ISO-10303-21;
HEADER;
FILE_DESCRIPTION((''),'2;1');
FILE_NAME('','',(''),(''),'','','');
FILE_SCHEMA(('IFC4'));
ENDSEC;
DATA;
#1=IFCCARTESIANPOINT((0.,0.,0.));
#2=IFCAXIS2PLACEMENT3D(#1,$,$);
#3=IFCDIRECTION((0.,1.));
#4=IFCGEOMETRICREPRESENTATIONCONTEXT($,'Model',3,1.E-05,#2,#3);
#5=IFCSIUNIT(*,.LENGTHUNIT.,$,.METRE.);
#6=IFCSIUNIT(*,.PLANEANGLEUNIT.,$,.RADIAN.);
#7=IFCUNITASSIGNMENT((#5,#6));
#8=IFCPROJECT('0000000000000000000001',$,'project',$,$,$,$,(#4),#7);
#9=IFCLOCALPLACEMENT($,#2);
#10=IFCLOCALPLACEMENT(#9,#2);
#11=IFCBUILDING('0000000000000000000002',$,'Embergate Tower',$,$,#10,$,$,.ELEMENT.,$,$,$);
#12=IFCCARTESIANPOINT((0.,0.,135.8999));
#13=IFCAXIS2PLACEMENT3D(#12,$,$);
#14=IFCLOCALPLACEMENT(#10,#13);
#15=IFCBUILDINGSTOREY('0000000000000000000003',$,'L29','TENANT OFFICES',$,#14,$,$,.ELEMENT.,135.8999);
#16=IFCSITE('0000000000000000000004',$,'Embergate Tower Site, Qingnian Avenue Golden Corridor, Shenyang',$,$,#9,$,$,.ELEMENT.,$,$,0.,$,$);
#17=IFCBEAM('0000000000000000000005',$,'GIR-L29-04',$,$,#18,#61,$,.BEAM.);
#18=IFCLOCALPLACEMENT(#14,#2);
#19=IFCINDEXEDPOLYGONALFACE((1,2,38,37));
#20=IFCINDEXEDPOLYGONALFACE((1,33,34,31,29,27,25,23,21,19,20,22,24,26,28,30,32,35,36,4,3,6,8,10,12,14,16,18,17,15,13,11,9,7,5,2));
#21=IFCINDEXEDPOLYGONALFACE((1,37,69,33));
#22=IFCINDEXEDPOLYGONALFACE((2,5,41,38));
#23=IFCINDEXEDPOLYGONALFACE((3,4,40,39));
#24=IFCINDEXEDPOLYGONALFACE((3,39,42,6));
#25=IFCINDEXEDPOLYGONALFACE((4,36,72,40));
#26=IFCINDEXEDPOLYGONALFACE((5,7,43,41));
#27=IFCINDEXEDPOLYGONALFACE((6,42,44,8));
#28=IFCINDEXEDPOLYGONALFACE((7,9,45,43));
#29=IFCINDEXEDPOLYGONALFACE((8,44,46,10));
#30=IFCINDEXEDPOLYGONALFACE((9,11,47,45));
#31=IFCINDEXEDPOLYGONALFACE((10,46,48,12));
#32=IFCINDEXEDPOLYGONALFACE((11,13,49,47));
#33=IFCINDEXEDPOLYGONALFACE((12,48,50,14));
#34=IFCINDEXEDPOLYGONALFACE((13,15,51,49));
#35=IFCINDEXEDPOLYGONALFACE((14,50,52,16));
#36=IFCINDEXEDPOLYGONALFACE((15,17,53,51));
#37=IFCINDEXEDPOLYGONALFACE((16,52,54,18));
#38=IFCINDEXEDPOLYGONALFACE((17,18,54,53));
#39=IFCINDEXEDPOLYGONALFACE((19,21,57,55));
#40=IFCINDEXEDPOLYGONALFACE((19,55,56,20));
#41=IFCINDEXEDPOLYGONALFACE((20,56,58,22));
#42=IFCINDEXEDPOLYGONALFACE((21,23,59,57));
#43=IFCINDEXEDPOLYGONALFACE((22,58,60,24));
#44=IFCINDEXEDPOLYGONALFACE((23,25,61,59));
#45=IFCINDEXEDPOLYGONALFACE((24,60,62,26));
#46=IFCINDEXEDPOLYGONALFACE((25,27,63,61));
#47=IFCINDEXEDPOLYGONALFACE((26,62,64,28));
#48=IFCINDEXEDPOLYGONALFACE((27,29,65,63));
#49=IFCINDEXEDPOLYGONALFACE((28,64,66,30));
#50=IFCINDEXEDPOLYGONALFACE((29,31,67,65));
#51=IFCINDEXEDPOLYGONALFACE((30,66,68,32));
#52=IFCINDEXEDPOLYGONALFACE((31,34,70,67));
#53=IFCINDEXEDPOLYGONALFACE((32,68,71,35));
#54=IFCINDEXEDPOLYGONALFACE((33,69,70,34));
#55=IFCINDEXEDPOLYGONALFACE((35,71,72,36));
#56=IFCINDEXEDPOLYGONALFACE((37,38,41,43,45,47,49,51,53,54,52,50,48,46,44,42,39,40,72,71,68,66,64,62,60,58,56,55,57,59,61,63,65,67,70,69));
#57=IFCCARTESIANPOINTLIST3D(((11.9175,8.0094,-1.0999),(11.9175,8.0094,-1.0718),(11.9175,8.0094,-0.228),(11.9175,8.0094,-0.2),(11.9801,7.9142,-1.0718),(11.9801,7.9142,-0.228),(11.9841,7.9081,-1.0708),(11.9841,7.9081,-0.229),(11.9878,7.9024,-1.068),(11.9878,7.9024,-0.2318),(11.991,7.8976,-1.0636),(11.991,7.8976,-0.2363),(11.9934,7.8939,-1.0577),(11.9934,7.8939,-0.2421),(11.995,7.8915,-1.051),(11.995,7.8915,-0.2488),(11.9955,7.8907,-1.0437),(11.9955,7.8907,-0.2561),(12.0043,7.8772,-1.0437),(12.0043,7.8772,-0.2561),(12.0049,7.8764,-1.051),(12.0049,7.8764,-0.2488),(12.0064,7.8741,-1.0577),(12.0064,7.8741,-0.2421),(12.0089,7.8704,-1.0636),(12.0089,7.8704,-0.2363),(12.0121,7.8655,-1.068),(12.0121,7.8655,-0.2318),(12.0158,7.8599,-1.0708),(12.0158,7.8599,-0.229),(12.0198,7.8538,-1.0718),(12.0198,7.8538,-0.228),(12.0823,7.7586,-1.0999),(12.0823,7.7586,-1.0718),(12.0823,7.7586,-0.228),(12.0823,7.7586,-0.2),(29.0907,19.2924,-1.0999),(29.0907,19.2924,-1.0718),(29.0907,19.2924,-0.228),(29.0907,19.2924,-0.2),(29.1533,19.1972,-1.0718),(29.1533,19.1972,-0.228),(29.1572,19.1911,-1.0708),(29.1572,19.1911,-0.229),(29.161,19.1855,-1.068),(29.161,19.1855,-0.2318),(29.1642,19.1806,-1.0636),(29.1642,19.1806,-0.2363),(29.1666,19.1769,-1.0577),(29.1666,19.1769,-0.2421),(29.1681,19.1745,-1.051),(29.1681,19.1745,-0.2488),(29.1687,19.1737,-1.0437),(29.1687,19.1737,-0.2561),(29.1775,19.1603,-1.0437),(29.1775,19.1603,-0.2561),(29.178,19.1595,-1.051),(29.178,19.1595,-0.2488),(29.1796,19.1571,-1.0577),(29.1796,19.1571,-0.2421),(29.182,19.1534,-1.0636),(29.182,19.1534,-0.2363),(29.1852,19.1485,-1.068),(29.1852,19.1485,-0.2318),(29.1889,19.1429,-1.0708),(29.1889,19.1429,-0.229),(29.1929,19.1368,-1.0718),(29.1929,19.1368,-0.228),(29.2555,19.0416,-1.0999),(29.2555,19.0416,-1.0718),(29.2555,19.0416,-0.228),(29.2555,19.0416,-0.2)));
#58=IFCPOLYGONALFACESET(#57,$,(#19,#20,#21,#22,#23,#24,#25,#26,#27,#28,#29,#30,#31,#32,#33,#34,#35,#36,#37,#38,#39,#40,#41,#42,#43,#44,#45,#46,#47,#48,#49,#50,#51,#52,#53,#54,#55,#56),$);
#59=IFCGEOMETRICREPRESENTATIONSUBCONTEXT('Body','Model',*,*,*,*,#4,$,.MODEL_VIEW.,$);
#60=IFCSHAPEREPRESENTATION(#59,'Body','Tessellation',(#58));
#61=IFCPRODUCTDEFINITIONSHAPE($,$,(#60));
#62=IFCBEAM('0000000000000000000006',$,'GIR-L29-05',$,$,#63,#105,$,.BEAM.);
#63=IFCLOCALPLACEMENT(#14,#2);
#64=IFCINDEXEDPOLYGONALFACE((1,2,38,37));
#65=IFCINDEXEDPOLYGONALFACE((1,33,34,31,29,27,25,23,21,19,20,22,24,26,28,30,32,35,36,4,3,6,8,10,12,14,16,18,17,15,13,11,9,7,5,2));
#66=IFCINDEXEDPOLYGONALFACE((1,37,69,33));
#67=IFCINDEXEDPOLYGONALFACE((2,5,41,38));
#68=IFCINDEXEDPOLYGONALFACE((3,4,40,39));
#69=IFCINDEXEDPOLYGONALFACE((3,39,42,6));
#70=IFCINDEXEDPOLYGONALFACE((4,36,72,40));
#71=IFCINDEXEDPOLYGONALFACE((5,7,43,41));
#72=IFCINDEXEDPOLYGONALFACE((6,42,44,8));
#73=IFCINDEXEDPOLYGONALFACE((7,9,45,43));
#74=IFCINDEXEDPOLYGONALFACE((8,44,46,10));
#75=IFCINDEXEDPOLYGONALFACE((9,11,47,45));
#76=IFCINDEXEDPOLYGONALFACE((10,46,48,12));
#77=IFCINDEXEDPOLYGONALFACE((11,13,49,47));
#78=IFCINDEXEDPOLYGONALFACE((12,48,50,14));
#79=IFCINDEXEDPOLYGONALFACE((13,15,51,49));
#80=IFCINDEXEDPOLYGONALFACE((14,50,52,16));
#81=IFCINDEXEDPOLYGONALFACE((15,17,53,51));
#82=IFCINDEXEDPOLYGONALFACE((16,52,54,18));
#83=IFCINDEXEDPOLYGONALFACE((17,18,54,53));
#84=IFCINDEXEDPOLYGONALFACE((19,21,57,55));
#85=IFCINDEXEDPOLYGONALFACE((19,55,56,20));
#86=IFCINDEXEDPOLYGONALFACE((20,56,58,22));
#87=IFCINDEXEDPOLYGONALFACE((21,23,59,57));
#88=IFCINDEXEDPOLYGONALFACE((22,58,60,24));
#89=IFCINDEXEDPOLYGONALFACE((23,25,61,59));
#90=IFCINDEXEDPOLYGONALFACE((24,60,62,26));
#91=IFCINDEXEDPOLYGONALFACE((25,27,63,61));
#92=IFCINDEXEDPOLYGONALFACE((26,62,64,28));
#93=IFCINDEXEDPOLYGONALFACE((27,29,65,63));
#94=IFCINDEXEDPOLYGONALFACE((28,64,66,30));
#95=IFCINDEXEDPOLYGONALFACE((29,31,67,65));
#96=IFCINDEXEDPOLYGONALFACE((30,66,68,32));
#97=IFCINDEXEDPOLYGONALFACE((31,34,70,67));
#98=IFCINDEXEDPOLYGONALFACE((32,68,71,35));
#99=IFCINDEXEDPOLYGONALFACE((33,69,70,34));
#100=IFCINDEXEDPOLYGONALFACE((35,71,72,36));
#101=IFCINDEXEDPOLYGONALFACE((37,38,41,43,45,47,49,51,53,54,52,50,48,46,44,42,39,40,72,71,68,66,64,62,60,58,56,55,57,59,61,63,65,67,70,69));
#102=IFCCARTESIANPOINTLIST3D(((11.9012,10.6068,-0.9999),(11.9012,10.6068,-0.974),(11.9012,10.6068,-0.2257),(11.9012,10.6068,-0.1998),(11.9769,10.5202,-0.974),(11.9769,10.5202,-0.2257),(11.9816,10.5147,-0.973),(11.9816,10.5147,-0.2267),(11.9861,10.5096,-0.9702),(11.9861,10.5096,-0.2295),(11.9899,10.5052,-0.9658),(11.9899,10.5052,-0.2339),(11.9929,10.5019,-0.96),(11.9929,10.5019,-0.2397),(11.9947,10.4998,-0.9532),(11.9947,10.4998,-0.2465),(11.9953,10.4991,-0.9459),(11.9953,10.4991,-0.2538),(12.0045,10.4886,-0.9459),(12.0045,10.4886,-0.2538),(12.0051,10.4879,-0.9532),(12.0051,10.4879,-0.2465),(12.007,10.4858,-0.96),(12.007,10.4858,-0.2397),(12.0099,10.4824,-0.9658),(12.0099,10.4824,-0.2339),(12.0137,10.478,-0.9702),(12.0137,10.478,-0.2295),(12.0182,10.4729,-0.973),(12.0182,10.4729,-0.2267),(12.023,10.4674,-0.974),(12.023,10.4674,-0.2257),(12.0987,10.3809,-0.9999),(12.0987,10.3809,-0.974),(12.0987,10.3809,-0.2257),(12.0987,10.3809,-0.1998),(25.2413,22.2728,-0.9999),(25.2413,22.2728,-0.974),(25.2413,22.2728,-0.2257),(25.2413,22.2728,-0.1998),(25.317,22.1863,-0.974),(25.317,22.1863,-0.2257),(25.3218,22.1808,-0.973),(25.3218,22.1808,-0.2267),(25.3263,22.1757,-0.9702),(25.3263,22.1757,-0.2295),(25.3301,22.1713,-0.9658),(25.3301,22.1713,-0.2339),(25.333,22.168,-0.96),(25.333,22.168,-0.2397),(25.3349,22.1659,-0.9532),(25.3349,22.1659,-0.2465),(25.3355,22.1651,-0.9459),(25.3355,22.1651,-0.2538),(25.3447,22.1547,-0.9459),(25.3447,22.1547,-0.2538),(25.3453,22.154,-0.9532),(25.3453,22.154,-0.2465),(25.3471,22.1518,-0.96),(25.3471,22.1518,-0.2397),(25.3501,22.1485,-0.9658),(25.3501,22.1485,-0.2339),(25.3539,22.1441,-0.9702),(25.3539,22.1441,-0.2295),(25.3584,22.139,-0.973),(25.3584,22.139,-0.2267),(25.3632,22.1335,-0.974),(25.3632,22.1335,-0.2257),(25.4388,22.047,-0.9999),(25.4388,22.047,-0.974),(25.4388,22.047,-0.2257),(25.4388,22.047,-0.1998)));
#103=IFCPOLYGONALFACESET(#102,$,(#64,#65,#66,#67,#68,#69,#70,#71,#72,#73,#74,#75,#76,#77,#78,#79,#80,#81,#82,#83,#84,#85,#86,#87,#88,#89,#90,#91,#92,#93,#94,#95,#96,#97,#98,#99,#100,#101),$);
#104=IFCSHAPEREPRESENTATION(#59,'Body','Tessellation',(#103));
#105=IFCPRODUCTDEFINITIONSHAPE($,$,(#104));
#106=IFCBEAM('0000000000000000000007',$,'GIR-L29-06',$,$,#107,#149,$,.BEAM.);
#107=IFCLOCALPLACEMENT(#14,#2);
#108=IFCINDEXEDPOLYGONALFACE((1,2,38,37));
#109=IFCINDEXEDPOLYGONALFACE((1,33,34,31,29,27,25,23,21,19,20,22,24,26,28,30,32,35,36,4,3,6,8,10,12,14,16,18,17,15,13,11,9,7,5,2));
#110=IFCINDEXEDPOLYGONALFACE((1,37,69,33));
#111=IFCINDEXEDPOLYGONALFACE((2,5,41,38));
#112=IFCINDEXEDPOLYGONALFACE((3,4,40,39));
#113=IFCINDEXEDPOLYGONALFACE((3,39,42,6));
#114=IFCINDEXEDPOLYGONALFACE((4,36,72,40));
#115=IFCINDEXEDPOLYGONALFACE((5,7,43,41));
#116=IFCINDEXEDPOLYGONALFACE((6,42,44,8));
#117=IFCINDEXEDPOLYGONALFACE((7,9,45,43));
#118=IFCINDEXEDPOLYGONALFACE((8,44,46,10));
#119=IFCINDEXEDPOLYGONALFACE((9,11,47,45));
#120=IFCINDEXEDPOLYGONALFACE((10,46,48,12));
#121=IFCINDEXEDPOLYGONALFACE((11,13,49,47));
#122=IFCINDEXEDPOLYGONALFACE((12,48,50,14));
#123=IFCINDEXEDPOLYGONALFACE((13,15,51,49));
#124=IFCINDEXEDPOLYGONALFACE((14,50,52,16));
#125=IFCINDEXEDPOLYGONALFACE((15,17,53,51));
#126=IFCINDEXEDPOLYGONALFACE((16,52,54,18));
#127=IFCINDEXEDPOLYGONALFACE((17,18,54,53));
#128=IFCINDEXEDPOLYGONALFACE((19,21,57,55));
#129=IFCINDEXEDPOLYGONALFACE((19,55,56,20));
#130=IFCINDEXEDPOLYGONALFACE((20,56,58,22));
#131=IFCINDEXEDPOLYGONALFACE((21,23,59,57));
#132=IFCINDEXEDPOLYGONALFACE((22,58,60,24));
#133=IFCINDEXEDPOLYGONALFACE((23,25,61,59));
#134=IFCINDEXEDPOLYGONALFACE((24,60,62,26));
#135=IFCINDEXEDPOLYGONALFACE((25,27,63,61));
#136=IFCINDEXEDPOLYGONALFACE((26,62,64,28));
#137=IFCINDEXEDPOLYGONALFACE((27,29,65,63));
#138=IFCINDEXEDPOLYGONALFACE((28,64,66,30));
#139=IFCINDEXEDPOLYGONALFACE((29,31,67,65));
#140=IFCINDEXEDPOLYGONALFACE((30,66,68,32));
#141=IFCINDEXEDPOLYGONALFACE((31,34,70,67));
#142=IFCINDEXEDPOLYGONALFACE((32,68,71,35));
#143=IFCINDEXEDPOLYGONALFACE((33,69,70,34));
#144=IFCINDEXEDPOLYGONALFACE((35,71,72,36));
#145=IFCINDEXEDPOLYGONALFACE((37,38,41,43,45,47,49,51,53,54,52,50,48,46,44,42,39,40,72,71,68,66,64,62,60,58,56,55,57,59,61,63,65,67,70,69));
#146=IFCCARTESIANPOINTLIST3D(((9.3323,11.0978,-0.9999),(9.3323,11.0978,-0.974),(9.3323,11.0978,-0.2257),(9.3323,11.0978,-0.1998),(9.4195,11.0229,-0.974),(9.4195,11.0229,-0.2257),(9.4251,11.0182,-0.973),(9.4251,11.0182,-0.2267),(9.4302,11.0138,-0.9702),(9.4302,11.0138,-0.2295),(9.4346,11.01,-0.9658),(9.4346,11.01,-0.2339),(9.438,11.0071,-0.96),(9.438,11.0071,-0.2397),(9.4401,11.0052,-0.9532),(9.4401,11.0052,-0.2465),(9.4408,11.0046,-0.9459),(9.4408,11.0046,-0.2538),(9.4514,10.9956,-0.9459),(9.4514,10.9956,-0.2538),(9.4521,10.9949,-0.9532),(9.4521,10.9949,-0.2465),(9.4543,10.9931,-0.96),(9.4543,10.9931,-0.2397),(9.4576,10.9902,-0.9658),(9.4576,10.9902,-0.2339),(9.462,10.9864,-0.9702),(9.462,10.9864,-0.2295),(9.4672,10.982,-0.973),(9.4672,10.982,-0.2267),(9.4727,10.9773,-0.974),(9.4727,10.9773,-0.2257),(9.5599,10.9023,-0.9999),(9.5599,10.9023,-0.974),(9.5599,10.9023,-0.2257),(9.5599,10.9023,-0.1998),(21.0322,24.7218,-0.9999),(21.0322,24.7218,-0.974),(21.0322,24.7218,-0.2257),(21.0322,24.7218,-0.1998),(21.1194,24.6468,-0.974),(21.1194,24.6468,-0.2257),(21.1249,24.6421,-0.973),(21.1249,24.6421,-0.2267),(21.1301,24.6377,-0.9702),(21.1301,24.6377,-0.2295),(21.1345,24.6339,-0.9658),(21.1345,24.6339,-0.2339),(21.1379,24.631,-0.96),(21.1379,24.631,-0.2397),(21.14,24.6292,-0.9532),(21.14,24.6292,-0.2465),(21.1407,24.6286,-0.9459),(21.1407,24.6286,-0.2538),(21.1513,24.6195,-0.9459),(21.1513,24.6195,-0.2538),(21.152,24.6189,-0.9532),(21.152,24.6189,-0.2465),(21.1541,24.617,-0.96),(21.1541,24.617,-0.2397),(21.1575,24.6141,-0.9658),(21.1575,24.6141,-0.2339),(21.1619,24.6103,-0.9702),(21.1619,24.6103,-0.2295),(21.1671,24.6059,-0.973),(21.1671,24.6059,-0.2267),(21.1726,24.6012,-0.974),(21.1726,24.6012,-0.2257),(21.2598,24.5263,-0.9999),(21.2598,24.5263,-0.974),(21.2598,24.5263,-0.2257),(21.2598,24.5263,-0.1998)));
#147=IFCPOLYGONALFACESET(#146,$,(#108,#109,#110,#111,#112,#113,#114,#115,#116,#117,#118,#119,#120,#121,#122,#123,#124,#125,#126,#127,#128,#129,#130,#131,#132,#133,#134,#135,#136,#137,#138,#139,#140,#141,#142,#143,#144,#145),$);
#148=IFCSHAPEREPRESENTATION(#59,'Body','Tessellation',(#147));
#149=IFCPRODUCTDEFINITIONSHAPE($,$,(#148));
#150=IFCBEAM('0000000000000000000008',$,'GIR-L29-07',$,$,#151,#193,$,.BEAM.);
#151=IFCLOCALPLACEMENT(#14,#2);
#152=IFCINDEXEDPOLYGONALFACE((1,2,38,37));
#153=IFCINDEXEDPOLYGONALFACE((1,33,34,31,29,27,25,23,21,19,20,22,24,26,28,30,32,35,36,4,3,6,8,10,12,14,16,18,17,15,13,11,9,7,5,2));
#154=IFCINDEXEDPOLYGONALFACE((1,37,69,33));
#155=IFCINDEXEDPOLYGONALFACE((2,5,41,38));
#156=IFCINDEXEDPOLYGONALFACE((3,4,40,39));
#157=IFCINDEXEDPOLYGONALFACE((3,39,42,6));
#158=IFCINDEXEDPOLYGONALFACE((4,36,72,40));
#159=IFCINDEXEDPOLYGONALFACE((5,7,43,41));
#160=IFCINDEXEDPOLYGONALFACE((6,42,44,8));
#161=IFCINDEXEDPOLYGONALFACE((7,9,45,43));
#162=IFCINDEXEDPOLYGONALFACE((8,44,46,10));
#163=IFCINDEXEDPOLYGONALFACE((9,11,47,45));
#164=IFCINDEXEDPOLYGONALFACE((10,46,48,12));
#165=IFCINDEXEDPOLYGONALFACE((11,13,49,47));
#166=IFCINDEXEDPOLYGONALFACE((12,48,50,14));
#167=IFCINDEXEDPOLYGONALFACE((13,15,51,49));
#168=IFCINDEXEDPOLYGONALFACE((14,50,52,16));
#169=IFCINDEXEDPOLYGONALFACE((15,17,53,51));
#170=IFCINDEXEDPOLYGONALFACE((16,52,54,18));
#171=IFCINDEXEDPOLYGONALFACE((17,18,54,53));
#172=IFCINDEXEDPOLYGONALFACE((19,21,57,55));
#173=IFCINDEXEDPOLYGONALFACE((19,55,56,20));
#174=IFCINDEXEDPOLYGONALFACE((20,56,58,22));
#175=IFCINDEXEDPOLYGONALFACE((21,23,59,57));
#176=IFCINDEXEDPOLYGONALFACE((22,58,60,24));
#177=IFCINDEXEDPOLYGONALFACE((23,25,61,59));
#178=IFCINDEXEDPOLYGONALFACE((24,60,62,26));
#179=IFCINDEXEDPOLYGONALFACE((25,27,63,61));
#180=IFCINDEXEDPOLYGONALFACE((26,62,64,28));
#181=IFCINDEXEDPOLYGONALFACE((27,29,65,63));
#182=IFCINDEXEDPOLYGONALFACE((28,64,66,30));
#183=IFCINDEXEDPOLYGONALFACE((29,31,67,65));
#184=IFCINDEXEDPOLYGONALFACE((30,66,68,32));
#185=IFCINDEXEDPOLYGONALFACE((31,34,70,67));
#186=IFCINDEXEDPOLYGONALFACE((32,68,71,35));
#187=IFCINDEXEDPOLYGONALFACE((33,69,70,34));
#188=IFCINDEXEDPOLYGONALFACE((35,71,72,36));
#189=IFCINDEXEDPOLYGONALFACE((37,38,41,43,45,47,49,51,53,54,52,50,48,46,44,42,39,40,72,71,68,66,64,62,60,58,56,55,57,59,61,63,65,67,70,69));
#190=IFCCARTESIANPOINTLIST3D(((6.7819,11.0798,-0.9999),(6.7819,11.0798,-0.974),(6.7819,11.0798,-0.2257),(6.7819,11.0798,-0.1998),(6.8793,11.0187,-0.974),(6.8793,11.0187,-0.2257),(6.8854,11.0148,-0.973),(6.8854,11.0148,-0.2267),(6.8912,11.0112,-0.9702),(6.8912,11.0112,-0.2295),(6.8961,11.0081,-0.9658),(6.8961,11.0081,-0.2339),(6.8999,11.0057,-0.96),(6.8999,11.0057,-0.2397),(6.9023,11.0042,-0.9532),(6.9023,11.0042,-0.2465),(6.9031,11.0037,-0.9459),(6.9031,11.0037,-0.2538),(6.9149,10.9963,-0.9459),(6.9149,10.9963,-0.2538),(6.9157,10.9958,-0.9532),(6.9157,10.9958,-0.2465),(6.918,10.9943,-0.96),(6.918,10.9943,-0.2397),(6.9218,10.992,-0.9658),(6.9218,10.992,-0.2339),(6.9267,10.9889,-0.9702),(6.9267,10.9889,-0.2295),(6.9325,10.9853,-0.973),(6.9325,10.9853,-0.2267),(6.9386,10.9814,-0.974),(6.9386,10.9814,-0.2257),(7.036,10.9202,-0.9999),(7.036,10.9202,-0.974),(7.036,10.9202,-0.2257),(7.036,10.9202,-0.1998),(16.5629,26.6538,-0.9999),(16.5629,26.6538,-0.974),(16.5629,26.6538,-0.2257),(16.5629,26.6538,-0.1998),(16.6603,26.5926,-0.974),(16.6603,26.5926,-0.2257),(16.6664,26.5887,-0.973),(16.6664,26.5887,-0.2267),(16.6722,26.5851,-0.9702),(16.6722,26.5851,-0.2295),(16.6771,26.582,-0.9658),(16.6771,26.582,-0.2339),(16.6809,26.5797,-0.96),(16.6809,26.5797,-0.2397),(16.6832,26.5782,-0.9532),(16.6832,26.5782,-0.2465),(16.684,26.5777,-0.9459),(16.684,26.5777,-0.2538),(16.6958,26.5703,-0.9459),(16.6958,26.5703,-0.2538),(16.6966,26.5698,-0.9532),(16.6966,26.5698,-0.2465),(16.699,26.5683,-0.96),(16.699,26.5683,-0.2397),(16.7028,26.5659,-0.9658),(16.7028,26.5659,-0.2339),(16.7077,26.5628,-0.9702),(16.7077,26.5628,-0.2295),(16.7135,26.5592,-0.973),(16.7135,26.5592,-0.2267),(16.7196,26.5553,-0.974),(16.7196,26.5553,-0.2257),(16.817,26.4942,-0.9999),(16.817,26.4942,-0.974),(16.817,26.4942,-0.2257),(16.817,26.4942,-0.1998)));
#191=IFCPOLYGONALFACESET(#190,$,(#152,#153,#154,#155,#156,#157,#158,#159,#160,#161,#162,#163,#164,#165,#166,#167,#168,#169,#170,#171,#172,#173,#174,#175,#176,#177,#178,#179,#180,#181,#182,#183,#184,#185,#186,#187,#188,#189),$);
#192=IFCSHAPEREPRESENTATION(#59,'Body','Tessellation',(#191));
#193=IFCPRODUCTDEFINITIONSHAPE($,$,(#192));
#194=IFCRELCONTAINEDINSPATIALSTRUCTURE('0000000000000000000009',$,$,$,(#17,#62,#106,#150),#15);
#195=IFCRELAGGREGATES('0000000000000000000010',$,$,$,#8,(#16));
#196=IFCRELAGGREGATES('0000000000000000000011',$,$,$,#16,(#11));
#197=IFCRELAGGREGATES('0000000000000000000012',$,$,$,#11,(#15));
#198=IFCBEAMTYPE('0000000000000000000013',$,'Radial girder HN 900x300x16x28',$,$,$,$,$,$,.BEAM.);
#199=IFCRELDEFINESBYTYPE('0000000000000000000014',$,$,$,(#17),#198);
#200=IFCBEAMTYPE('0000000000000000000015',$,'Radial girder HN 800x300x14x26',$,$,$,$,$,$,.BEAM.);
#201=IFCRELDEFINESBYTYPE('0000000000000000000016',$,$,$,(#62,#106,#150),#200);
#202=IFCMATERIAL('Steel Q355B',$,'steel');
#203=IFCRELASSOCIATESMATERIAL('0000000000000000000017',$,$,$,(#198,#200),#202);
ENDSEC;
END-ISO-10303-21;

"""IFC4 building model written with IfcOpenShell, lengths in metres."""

from ifc_helpers import new_model, si_unit, direction, frame, origin, origin_2d, place, context, subcontext, project, spatial, i_section, extrude, source, transform, mapped, material, material_profile, profile_set, type_object, element, save


model = new_model("IFC4")

# Units and contexts
model_context = context("Model", 3, precision=1e-05, world=origin(), true_north=direction((0.0, 1.0)))
body_context = subcontext(model_context, "Body", "Model", "MODEL_VIEW")
ifc_project = project(units=[si_unit("LENGTHUNIT", "METRE"), si_unit("PLANEANGLEUNIT", "RADIAN")], contexts=[model_context])

# Site, building, storey
site_placement = place(None, origin())
site = spatial("IfcSite", under=ifc_project, at=site_placement, Name="Embergate Tower Site, Qingnian Avenue Golden Corridor, Shenyang", CompositionType="ELEMENT", RefElevation=0.0)
building_placement = place(site_placement, origin())
building = spatial("IfcBuilding", under=site, at=building_placement, Name="Embergate Tower", CompositionType="ELEMENT")
storey_placement = place(building_placement, frame((0.0, 0.0, 135.8999)))
storey = spatial("IfcBuildingStorey", under=building, at=storey_placement, Name="L29", Description="TENANT OFFICES", CompositionType="ELEMENT", Elevation=135.8999)

# Beams
ifc_material_1 = material(Name="Steel Q355B", Category="steel")
ifc_material_profile_1 = material_profile(ifc_material_1, i_section(OverallWidth=0.3, OverallDepth=0.8999, WebThickness=0.0161, FlangeThickness=0.0281, FilletRadius=0.0281, at=origin_2d()), Name="HN 900x300x16x28")
ifc_profile_set_1 = profile_set([ifc_material_profile_1], Name="Steel Q355 grade B")
beam_type_1 = type_object("IfcBeamType", Name="Radial girder HN 900x300x16x28", PredefinedType="BEAM", material=ifc_profile_set_1)
shared_shape_1 = source(origin(), body_context, "Body", "SweptSolid", [
    extrude(i_section(OverallWidth=0.3, OverallDepth=0.8999, WebThickness=0.0161, FlangeThickness=0.0281, FilletRadius=0.0281, at=origin_2d()), origin(), (0.0, 0.0, 1.0), 20.5481),
])
beam_1_placement = place(storey_placement, frame((29.1731, 19.167, -0.6499), z_axis=(-0.835755, -0.549102, 0.0), x_axis=(0.549102, -0.835755, 0.0)))
element("IfcBeam", 1, at=beam_1_placement, inside=storey, type_object=beam_type_1, Name="GIR-L29-04", PredefinedType="BEAM", context=body_context, shape_type="MappedRepresentation", body=[
    mapped(shared_shape_1, transform((0.0, 0.0, 0.0))),
])
ifc_material_profile_2 = material_profile(ifc_material_1, i_section(OverallWidth=0.3, OverallDepth=0.8, WebThickness=0.0139, FlangeThickness=0.0259, FilletRadius=0.0281, at=origin_2d()), Name="HN 800x300x14x26")
ifc_profile_set_2 = profile_set([ifc_material_profile_2], Name="Steel Q355 grade B")
beam_type_2 = type_object("IfcBeamType", Name="Radial girder HN 800x300x14x26", PredefinedType="BEAM", material=ifc_profile_set_2)
shared_shape_2 = source(origin(), body_context, "Body", "SweptSolid", [
    extrude(i_section(OverallWidth=0.3, OverallDepth=0.8, WebThickness=0.0139, FlangeThickness=0.0259, FilletRadius=0.0281, at=origin_2d()), origin(), (0.0, 0.0, 1.0), 17.7217),
])
beam_2_placement = place(storey_placement, frame((25.3401, 22.1599, -0.5999), z_axis=(-0.75276, -0.658295, 0.0), x_axis=(0.658295, -0.75276, 0.0)))
element("IfcBeam", 2, at=beam_2_placement, inside=storey, type_object=beam_type_2, Name="GIR-L29-05", PredefinedType="BEAM", context=body_context, shape_type="MappedRepresentation", body=[
    mapped(shared_shape_2, transform((0.0, 0.0, 0.0))),
])
shared_shape_3 = source(origin(), body_context, "Body", "SweptSolid", [
    extrude(i_section(OverallWidth=0.3, OverallDepth=0.8, WebThickness=0.0139, FlangeThickness=0.0259, FilletRadius=0.0281, at=origin_2d()), origin(), (0.0, 0.0, 1.0), 17.9583),
])
beam_3_placement = place(storey_placement, frame((21.146, 24.624, -0.5999), z_axis=(-0.651504, -0.758645, 0.0), x_axis=(0.758645, -0.651504, 0.0)))
element("IfcBeam", 3, at=beam_3_placement, inside=storey, type_object=beam_type_2, Name="GIR-L29-06", PredefinedType="BEAM", context=body_context, shape_type="MappedRepresentation", body=[
    mapped(shared_shape_3, transform((0.0, 0.0, 0.0))),
])
shared_shape_4 = source(origin(), body_context, "Body", "SweptSolid", [
    extrude(i_section(OverallWidth=0.3, OverallDepth=0.8, WebThickness=0.0139, FlangeThickness=0.0259, FilletRadius=0.0281, at=origin_2d()), origin(), (0.0, 0.0, 1.0), 18.3906),
])
beam_4_placement = place(storey_placement, frame((16.6899, 26.574, -0.5999), z_axis=(-0.531846, -0.846841, 0.0), x_axis=(0.846841, -0.531846, 0.0)))
element("IfcBeam", 4, at=beam_4_placement, inside=storey, type_object=beam_type_2, Name="GIR-L29-07", PredefinedType="BEAM", context=body_context, shape_type="MappedRepresentation", body=[
    mapped(shared_shape_4, transform((0.0, 0.0, 0.0))),
])

save(model, "model.ifc")
